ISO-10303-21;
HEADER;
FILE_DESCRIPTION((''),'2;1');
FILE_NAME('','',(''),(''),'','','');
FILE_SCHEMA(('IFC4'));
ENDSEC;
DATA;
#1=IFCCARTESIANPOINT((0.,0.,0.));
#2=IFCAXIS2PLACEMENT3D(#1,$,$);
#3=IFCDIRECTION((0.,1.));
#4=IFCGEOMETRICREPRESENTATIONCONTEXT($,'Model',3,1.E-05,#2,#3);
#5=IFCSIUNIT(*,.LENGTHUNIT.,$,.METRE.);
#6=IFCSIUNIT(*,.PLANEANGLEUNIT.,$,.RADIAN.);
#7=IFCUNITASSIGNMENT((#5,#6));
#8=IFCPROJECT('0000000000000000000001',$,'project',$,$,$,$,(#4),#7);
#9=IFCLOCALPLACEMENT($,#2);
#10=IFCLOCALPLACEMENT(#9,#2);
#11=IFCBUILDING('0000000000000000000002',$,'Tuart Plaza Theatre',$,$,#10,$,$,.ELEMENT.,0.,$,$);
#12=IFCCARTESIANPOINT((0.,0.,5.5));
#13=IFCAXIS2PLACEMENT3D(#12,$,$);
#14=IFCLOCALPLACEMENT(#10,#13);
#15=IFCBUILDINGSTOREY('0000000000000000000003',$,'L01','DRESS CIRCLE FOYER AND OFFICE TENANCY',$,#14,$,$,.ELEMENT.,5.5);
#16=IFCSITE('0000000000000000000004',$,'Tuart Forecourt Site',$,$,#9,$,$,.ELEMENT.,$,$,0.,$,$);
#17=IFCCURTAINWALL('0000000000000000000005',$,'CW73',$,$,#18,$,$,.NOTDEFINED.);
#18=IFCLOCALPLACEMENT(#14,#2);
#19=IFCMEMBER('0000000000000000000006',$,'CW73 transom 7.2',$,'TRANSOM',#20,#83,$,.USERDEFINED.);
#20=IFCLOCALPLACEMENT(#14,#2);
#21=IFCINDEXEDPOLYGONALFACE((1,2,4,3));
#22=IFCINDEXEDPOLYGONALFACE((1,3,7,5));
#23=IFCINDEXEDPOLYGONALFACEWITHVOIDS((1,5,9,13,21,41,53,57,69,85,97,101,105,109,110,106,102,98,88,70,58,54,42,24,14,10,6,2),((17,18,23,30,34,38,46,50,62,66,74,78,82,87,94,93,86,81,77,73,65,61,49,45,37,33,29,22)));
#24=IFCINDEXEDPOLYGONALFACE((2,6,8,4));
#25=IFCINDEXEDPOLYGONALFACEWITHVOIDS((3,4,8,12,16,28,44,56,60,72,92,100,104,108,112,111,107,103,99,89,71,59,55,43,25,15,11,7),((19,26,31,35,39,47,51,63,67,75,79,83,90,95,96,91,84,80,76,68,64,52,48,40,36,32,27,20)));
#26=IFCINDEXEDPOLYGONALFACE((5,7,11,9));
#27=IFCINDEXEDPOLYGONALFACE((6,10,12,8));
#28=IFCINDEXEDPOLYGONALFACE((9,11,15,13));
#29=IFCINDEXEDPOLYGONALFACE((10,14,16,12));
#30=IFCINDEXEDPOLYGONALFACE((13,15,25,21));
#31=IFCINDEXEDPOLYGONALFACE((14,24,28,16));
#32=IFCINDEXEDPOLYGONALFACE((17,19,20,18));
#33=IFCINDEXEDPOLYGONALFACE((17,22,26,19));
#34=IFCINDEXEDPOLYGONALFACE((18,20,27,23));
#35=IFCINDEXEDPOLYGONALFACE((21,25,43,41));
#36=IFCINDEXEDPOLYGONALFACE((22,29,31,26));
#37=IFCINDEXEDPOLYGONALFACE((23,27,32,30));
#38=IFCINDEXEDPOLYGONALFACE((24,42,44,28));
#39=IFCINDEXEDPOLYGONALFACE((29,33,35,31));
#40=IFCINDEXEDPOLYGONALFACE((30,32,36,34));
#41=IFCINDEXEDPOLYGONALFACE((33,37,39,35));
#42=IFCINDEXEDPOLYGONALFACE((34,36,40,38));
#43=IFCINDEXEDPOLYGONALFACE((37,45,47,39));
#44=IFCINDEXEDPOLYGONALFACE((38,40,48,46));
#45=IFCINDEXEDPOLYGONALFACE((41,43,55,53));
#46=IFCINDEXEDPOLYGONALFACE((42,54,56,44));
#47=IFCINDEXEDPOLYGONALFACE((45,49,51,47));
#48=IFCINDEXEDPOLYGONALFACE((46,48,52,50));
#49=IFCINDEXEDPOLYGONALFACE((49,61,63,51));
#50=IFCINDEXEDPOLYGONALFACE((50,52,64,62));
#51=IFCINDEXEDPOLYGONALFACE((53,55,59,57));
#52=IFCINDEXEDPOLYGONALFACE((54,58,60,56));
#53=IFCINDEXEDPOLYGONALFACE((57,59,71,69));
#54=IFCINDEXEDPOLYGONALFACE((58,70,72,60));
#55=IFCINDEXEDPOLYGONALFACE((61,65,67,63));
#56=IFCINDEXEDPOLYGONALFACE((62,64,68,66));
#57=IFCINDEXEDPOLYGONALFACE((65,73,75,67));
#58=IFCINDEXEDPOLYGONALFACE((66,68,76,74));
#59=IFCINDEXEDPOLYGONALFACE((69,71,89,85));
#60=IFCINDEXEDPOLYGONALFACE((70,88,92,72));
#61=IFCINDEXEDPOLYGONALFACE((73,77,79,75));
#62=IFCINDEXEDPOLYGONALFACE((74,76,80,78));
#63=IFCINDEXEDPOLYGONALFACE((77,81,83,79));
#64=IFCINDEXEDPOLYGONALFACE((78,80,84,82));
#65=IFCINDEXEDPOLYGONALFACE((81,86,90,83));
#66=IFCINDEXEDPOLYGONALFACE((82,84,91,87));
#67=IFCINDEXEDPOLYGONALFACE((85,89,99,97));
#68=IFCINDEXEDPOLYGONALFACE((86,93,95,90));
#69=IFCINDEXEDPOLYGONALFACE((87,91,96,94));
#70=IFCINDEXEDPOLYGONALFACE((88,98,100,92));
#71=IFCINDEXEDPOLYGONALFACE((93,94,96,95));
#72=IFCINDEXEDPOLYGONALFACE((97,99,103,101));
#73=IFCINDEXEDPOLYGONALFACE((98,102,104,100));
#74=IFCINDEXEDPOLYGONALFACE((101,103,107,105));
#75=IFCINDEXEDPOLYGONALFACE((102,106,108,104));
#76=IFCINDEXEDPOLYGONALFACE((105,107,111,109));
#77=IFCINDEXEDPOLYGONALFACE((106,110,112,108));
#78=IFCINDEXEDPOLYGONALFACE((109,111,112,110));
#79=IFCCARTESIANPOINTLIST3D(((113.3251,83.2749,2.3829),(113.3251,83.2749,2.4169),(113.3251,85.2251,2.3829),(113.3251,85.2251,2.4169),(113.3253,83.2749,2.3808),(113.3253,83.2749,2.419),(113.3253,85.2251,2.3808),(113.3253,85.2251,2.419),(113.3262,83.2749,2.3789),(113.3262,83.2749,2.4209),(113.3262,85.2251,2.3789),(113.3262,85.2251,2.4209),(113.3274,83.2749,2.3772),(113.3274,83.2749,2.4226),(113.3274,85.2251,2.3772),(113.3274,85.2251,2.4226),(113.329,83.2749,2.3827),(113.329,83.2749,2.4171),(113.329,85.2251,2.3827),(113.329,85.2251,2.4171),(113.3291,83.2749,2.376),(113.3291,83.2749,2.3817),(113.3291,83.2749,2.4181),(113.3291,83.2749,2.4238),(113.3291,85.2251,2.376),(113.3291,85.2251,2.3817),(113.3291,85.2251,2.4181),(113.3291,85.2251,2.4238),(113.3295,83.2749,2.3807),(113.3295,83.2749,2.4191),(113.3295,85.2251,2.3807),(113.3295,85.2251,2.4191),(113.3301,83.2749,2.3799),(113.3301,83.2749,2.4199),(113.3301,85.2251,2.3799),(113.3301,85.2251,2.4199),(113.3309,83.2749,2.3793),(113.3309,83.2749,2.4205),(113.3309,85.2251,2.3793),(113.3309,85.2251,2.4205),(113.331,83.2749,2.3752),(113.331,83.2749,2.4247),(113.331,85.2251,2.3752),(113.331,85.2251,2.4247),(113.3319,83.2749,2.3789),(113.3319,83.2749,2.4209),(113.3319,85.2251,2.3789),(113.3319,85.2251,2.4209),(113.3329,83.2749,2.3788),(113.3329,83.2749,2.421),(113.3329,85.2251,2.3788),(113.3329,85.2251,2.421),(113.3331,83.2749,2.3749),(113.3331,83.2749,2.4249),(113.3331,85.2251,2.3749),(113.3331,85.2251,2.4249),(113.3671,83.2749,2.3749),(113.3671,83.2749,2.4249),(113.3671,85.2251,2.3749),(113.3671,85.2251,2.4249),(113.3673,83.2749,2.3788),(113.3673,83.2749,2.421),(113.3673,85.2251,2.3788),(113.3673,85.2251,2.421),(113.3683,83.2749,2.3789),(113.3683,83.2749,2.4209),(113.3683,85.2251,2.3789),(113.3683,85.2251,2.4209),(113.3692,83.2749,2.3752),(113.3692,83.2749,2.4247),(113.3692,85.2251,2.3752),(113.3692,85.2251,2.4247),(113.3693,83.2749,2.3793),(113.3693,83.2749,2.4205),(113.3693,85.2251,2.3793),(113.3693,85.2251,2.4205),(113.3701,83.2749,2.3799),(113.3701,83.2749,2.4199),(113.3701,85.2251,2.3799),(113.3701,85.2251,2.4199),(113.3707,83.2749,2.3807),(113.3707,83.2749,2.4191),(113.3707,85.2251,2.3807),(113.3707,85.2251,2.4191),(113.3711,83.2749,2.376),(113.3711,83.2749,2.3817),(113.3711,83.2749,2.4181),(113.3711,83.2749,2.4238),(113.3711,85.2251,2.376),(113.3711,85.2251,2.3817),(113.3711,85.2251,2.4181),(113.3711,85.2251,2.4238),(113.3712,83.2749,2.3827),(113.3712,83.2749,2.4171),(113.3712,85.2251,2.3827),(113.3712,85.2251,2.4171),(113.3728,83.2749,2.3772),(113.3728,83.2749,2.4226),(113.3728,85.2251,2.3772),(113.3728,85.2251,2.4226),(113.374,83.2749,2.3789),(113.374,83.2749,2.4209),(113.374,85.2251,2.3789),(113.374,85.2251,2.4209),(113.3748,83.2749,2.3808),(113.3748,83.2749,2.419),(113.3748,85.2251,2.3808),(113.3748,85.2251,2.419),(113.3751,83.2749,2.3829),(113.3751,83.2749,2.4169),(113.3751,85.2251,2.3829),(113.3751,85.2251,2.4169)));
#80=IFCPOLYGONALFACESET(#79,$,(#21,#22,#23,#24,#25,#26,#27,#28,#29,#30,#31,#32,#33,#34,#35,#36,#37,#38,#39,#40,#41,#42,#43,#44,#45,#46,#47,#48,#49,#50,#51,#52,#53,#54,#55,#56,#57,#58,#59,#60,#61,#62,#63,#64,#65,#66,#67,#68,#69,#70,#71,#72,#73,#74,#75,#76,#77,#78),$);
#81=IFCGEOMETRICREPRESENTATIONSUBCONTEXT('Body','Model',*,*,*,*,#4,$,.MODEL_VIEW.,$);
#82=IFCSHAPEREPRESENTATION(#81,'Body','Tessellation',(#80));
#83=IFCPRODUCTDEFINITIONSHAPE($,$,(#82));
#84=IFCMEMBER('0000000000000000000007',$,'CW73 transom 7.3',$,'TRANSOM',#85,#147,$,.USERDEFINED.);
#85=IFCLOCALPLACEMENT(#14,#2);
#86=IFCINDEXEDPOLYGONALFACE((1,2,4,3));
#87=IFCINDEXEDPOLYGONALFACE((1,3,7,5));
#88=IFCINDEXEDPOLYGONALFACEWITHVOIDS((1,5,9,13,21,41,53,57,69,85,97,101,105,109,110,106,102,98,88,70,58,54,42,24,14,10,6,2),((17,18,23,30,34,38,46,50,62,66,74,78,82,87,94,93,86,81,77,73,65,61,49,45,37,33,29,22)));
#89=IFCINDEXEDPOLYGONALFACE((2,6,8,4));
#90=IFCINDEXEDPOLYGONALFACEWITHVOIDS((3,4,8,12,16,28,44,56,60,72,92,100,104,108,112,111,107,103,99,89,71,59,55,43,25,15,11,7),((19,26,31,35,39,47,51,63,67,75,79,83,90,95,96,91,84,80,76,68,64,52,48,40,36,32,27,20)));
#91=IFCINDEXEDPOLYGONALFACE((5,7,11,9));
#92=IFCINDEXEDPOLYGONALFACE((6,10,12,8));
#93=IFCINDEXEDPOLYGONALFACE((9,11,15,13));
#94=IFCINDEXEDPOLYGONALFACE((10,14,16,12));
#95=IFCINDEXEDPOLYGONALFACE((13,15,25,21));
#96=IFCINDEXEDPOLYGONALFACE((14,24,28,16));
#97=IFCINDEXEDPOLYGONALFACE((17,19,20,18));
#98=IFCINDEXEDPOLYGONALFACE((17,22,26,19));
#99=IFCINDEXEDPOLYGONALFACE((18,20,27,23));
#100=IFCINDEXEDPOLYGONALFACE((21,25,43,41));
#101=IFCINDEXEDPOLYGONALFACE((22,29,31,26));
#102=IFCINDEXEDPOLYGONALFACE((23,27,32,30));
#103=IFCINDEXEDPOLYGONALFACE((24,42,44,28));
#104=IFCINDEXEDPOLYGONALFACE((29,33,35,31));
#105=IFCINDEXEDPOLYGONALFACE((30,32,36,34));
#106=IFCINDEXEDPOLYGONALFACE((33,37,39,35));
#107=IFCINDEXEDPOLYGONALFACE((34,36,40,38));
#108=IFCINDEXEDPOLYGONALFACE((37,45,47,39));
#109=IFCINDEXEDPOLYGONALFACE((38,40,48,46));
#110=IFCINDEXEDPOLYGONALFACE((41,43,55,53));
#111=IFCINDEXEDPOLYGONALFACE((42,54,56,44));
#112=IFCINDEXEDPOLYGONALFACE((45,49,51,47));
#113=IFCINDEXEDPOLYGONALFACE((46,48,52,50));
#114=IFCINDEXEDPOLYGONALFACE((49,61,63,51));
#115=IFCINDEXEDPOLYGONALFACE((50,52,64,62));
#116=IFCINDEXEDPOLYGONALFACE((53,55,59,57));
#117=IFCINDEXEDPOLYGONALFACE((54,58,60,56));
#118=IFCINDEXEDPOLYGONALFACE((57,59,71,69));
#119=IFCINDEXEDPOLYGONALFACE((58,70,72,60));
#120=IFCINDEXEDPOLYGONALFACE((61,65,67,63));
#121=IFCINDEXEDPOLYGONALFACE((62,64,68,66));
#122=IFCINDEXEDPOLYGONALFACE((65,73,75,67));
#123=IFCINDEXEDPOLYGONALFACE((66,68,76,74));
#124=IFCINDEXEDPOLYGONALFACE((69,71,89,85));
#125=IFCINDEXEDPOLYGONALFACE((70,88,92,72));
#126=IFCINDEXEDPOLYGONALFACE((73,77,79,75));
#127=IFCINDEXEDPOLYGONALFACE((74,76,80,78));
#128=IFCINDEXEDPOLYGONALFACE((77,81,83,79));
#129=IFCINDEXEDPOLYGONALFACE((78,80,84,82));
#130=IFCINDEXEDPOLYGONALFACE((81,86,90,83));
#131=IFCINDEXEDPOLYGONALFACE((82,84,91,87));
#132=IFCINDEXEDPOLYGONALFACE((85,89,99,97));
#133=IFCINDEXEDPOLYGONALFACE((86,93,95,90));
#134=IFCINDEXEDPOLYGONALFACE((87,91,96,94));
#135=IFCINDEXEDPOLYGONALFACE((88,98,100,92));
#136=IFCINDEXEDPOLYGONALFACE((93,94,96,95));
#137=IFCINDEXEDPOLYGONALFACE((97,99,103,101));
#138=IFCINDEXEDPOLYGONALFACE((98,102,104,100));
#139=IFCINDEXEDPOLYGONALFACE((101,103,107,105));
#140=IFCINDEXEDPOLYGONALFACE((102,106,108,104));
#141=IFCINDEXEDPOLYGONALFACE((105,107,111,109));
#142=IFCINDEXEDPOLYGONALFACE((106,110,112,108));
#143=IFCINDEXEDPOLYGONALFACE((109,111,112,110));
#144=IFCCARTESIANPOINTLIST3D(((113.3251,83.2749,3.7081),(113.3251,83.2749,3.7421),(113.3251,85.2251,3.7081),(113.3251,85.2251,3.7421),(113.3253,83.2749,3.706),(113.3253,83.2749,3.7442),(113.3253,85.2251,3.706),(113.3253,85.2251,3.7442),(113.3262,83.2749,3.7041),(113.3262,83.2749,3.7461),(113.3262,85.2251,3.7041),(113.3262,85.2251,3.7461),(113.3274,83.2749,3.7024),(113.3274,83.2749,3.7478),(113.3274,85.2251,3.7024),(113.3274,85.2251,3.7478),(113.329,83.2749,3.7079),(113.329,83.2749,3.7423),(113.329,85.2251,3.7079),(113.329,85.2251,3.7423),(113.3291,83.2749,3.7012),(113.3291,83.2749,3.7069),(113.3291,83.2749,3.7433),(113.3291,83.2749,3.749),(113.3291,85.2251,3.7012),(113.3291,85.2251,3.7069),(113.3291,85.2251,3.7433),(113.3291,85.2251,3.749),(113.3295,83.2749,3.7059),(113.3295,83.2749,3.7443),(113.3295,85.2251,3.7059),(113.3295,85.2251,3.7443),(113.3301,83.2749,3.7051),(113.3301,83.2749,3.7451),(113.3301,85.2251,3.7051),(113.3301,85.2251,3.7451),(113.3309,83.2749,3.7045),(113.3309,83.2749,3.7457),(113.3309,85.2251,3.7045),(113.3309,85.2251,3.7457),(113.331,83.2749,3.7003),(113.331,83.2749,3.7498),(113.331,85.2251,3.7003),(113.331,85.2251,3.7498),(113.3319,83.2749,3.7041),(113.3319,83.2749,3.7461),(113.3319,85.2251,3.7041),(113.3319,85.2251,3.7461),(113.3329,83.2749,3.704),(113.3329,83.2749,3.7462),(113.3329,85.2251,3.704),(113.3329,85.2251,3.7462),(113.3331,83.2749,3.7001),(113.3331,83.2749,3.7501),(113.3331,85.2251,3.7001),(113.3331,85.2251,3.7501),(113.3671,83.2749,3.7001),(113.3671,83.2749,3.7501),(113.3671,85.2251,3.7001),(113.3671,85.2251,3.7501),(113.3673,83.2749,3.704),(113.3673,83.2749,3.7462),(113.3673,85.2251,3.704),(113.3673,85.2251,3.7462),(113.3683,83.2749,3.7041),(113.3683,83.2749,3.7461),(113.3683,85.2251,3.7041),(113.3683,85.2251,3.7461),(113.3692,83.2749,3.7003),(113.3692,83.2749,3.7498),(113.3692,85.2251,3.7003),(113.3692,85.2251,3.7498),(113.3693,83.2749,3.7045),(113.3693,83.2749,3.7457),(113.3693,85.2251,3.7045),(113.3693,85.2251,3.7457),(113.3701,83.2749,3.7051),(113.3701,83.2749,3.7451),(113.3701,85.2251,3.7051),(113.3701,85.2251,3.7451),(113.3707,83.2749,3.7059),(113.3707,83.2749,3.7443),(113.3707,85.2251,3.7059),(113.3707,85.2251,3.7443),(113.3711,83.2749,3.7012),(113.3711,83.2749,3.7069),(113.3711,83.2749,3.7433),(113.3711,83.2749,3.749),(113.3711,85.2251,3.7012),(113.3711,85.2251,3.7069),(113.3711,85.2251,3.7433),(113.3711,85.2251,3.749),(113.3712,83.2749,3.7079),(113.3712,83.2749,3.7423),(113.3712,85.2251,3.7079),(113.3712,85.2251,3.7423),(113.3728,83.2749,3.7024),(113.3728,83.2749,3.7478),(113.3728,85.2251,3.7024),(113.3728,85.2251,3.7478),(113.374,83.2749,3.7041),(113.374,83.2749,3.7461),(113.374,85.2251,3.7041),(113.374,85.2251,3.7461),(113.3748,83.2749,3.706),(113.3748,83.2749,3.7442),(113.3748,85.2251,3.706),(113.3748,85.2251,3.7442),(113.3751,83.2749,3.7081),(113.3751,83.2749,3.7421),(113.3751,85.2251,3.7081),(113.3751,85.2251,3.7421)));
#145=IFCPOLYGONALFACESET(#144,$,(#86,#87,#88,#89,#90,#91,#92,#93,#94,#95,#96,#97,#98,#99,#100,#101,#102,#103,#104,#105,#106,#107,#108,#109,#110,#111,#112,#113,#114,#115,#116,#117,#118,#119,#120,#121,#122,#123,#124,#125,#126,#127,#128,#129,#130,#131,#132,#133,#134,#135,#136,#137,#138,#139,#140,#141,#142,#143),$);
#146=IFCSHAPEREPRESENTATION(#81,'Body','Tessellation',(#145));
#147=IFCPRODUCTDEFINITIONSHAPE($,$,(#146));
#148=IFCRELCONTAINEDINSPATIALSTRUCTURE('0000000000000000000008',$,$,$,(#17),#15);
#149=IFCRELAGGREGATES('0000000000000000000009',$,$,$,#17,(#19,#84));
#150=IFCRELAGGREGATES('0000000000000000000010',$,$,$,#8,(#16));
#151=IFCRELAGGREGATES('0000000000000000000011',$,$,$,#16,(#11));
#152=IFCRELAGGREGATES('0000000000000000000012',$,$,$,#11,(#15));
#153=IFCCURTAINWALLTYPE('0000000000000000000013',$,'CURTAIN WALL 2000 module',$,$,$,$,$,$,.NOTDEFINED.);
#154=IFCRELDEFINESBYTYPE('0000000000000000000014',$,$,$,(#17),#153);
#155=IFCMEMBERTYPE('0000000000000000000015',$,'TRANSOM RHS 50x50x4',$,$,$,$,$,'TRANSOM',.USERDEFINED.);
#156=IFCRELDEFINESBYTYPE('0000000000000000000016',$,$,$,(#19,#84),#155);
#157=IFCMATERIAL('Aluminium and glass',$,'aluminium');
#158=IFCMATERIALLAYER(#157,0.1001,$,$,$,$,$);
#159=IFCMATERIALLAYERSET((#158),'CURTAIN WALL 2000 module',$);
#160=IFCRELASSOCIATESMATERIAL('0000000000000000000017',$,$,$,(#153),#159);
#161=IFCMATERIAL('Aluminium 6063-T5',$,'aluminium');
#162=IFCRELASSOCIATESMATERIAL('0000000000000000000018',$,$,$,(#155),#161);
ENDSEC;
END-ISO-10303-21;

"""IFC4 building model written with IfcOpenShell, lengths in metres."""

from ifc_helpers import new_model, si_unit, direction, frame, origin, origin_2d, place, context, subcontext, project, spatial, hollow_rectangle, extrude, material, layer, layer_set, material_profile, profile_set, type_object, element, aggregate, save


model = new_model("IFC4")

# Units and contexts
model_context = context("Model", 3, precision=1e-05, world=origin(), true_north=direction((0.0, 1.0)))
body_context = subcontext(model_context, "Body", "Model", "MODEL_VIEW")
ifc_project = project(units=[si_unit("LENGTHUNIT", "METRE"), si_unit("PLANEANGLEUNIT", "RADIAN")], contexts=[model_context])

# Site, building, storey
site_placement = place(None, origin())
site = spatial("IfcSite", under=ifc_project, at=site_placement, Name="Tuart Forecourt Site", CompositionType="ELEMENT", RefElevation=0.0)
building_placement = place(site_placement, origin())
building = spatial("IfcBuilding", under=site, at=building_placement, Name="Tuart Plaza Theatre", CompositionType="ELEMENT", ElevationOfRefHeight=0.0)
storey_placement = place(building_placement, frame((0.0, 0.0, 5.5)))
storey = spatial("IfcBuildingStorey", under=building, at=storey_placement, Name="L01", Description="DRESS CIRCLE FOYER AND OFFICE TENANCY", CompositionType="ELEMENT", Elevation=5.5)

# Curtain wall, members
ifc_material_1 = material(Name="Aluminium and glass", Category="aluminium")
ifc_layer_1 = layer(ifc_material_1, 0.1001)
ifc_layer_set_1 = layer_set([ifc_layer_1], Name="CURTAIN WALL 2000 module")
curtain_wall_type = type_object("IfcCurtainWallType", Name="CURTAIN WALL 2000 module", PredefinedType="NOTDEFINED", material=ifc_layer_set_1)
curtain_wall_placement = place(storey_placement, origin())
curtain_wall = element("IfcCurtainWall", 1, at=curtain_wall_placement, inside=storey, type_object=curtain_wall_type, Name="CW73", PredefinedType="NOTDEFINED")
ifc_material_2 = material(Name="Aluminium 6063-T5", Category="aluminium")
ifc_material_profile_1 = material_profile(ifc_material_2, hollow_rectangle(XDim=0.05, YDim=0.05, WallThickness=0.0039, InnerFilletRadius=0.0039, OuterFilletRadius=0.0081, at=origin_2d()), Name="RHS 50x50x4")
ifc_profile_set_1 = profile_set([ifc_material_profile_1], Name="Aluminium 6063-T5")
member_type_1 = type_object("IfcMemberType", Name="TRANSOM RHS 50x50x4", ElementType="TRANSOM", PredefinedType="USERDEFINED", material=ifc_profile_set_1)
member_1_placement = place(storey_placement, frame((113.3501, 85.2251, 2.3999), z_axis=(0.0, -1.0, 0.0), x_axis=(1.0, 0.0, 0.0)))
member_1 = element("IfcMember", 2, at=member_1_placement, type_object=member_type_1, Name="CW73 transom 7.2", ObjectType="TRANSOM", PredefinedType="USERDEFINED", context=body_context, shape_type="SweptSolid", body=[
    extrude(hollow_rectangle(XDim=0.05, YDim=0.05, WallThickness=0.0039, InnerFilletRadius=0.0039, OuterFilletRadius=0.0081, at=origin_2d()), origin(), (0.0, 0.0, 1.0), 1.9502),
])
member_2_placement = place(storey_placement, frame((113.3501, 85.2251, 3.7251), z_axis=(0.0, -1.0, 0.0), x_axis=(1.0, 0.0, 0.0)))
member_2 = element("IfcMember", 3, at=member_2_placement, type_object=member_type_1, Name="CW73 transom 7.3", ObjectType="TRANSOM", PredefinedType="USERDEFINED", context=body_context, shape_type="SweptSolid", body=[
    extrude(hollow_rectangle(XDim=0.05, YDim=0.05, WallThickness=0.0039, InnerFilletRadius=0.0039, OuterFilletRadius=0.0081, at=origin_2d()), origin(), (0.0, 0.0, 1.0), 1.9502),
])
aggregate(curtain_wall, [member_1, member_2])

save(model, "model.ifc")
